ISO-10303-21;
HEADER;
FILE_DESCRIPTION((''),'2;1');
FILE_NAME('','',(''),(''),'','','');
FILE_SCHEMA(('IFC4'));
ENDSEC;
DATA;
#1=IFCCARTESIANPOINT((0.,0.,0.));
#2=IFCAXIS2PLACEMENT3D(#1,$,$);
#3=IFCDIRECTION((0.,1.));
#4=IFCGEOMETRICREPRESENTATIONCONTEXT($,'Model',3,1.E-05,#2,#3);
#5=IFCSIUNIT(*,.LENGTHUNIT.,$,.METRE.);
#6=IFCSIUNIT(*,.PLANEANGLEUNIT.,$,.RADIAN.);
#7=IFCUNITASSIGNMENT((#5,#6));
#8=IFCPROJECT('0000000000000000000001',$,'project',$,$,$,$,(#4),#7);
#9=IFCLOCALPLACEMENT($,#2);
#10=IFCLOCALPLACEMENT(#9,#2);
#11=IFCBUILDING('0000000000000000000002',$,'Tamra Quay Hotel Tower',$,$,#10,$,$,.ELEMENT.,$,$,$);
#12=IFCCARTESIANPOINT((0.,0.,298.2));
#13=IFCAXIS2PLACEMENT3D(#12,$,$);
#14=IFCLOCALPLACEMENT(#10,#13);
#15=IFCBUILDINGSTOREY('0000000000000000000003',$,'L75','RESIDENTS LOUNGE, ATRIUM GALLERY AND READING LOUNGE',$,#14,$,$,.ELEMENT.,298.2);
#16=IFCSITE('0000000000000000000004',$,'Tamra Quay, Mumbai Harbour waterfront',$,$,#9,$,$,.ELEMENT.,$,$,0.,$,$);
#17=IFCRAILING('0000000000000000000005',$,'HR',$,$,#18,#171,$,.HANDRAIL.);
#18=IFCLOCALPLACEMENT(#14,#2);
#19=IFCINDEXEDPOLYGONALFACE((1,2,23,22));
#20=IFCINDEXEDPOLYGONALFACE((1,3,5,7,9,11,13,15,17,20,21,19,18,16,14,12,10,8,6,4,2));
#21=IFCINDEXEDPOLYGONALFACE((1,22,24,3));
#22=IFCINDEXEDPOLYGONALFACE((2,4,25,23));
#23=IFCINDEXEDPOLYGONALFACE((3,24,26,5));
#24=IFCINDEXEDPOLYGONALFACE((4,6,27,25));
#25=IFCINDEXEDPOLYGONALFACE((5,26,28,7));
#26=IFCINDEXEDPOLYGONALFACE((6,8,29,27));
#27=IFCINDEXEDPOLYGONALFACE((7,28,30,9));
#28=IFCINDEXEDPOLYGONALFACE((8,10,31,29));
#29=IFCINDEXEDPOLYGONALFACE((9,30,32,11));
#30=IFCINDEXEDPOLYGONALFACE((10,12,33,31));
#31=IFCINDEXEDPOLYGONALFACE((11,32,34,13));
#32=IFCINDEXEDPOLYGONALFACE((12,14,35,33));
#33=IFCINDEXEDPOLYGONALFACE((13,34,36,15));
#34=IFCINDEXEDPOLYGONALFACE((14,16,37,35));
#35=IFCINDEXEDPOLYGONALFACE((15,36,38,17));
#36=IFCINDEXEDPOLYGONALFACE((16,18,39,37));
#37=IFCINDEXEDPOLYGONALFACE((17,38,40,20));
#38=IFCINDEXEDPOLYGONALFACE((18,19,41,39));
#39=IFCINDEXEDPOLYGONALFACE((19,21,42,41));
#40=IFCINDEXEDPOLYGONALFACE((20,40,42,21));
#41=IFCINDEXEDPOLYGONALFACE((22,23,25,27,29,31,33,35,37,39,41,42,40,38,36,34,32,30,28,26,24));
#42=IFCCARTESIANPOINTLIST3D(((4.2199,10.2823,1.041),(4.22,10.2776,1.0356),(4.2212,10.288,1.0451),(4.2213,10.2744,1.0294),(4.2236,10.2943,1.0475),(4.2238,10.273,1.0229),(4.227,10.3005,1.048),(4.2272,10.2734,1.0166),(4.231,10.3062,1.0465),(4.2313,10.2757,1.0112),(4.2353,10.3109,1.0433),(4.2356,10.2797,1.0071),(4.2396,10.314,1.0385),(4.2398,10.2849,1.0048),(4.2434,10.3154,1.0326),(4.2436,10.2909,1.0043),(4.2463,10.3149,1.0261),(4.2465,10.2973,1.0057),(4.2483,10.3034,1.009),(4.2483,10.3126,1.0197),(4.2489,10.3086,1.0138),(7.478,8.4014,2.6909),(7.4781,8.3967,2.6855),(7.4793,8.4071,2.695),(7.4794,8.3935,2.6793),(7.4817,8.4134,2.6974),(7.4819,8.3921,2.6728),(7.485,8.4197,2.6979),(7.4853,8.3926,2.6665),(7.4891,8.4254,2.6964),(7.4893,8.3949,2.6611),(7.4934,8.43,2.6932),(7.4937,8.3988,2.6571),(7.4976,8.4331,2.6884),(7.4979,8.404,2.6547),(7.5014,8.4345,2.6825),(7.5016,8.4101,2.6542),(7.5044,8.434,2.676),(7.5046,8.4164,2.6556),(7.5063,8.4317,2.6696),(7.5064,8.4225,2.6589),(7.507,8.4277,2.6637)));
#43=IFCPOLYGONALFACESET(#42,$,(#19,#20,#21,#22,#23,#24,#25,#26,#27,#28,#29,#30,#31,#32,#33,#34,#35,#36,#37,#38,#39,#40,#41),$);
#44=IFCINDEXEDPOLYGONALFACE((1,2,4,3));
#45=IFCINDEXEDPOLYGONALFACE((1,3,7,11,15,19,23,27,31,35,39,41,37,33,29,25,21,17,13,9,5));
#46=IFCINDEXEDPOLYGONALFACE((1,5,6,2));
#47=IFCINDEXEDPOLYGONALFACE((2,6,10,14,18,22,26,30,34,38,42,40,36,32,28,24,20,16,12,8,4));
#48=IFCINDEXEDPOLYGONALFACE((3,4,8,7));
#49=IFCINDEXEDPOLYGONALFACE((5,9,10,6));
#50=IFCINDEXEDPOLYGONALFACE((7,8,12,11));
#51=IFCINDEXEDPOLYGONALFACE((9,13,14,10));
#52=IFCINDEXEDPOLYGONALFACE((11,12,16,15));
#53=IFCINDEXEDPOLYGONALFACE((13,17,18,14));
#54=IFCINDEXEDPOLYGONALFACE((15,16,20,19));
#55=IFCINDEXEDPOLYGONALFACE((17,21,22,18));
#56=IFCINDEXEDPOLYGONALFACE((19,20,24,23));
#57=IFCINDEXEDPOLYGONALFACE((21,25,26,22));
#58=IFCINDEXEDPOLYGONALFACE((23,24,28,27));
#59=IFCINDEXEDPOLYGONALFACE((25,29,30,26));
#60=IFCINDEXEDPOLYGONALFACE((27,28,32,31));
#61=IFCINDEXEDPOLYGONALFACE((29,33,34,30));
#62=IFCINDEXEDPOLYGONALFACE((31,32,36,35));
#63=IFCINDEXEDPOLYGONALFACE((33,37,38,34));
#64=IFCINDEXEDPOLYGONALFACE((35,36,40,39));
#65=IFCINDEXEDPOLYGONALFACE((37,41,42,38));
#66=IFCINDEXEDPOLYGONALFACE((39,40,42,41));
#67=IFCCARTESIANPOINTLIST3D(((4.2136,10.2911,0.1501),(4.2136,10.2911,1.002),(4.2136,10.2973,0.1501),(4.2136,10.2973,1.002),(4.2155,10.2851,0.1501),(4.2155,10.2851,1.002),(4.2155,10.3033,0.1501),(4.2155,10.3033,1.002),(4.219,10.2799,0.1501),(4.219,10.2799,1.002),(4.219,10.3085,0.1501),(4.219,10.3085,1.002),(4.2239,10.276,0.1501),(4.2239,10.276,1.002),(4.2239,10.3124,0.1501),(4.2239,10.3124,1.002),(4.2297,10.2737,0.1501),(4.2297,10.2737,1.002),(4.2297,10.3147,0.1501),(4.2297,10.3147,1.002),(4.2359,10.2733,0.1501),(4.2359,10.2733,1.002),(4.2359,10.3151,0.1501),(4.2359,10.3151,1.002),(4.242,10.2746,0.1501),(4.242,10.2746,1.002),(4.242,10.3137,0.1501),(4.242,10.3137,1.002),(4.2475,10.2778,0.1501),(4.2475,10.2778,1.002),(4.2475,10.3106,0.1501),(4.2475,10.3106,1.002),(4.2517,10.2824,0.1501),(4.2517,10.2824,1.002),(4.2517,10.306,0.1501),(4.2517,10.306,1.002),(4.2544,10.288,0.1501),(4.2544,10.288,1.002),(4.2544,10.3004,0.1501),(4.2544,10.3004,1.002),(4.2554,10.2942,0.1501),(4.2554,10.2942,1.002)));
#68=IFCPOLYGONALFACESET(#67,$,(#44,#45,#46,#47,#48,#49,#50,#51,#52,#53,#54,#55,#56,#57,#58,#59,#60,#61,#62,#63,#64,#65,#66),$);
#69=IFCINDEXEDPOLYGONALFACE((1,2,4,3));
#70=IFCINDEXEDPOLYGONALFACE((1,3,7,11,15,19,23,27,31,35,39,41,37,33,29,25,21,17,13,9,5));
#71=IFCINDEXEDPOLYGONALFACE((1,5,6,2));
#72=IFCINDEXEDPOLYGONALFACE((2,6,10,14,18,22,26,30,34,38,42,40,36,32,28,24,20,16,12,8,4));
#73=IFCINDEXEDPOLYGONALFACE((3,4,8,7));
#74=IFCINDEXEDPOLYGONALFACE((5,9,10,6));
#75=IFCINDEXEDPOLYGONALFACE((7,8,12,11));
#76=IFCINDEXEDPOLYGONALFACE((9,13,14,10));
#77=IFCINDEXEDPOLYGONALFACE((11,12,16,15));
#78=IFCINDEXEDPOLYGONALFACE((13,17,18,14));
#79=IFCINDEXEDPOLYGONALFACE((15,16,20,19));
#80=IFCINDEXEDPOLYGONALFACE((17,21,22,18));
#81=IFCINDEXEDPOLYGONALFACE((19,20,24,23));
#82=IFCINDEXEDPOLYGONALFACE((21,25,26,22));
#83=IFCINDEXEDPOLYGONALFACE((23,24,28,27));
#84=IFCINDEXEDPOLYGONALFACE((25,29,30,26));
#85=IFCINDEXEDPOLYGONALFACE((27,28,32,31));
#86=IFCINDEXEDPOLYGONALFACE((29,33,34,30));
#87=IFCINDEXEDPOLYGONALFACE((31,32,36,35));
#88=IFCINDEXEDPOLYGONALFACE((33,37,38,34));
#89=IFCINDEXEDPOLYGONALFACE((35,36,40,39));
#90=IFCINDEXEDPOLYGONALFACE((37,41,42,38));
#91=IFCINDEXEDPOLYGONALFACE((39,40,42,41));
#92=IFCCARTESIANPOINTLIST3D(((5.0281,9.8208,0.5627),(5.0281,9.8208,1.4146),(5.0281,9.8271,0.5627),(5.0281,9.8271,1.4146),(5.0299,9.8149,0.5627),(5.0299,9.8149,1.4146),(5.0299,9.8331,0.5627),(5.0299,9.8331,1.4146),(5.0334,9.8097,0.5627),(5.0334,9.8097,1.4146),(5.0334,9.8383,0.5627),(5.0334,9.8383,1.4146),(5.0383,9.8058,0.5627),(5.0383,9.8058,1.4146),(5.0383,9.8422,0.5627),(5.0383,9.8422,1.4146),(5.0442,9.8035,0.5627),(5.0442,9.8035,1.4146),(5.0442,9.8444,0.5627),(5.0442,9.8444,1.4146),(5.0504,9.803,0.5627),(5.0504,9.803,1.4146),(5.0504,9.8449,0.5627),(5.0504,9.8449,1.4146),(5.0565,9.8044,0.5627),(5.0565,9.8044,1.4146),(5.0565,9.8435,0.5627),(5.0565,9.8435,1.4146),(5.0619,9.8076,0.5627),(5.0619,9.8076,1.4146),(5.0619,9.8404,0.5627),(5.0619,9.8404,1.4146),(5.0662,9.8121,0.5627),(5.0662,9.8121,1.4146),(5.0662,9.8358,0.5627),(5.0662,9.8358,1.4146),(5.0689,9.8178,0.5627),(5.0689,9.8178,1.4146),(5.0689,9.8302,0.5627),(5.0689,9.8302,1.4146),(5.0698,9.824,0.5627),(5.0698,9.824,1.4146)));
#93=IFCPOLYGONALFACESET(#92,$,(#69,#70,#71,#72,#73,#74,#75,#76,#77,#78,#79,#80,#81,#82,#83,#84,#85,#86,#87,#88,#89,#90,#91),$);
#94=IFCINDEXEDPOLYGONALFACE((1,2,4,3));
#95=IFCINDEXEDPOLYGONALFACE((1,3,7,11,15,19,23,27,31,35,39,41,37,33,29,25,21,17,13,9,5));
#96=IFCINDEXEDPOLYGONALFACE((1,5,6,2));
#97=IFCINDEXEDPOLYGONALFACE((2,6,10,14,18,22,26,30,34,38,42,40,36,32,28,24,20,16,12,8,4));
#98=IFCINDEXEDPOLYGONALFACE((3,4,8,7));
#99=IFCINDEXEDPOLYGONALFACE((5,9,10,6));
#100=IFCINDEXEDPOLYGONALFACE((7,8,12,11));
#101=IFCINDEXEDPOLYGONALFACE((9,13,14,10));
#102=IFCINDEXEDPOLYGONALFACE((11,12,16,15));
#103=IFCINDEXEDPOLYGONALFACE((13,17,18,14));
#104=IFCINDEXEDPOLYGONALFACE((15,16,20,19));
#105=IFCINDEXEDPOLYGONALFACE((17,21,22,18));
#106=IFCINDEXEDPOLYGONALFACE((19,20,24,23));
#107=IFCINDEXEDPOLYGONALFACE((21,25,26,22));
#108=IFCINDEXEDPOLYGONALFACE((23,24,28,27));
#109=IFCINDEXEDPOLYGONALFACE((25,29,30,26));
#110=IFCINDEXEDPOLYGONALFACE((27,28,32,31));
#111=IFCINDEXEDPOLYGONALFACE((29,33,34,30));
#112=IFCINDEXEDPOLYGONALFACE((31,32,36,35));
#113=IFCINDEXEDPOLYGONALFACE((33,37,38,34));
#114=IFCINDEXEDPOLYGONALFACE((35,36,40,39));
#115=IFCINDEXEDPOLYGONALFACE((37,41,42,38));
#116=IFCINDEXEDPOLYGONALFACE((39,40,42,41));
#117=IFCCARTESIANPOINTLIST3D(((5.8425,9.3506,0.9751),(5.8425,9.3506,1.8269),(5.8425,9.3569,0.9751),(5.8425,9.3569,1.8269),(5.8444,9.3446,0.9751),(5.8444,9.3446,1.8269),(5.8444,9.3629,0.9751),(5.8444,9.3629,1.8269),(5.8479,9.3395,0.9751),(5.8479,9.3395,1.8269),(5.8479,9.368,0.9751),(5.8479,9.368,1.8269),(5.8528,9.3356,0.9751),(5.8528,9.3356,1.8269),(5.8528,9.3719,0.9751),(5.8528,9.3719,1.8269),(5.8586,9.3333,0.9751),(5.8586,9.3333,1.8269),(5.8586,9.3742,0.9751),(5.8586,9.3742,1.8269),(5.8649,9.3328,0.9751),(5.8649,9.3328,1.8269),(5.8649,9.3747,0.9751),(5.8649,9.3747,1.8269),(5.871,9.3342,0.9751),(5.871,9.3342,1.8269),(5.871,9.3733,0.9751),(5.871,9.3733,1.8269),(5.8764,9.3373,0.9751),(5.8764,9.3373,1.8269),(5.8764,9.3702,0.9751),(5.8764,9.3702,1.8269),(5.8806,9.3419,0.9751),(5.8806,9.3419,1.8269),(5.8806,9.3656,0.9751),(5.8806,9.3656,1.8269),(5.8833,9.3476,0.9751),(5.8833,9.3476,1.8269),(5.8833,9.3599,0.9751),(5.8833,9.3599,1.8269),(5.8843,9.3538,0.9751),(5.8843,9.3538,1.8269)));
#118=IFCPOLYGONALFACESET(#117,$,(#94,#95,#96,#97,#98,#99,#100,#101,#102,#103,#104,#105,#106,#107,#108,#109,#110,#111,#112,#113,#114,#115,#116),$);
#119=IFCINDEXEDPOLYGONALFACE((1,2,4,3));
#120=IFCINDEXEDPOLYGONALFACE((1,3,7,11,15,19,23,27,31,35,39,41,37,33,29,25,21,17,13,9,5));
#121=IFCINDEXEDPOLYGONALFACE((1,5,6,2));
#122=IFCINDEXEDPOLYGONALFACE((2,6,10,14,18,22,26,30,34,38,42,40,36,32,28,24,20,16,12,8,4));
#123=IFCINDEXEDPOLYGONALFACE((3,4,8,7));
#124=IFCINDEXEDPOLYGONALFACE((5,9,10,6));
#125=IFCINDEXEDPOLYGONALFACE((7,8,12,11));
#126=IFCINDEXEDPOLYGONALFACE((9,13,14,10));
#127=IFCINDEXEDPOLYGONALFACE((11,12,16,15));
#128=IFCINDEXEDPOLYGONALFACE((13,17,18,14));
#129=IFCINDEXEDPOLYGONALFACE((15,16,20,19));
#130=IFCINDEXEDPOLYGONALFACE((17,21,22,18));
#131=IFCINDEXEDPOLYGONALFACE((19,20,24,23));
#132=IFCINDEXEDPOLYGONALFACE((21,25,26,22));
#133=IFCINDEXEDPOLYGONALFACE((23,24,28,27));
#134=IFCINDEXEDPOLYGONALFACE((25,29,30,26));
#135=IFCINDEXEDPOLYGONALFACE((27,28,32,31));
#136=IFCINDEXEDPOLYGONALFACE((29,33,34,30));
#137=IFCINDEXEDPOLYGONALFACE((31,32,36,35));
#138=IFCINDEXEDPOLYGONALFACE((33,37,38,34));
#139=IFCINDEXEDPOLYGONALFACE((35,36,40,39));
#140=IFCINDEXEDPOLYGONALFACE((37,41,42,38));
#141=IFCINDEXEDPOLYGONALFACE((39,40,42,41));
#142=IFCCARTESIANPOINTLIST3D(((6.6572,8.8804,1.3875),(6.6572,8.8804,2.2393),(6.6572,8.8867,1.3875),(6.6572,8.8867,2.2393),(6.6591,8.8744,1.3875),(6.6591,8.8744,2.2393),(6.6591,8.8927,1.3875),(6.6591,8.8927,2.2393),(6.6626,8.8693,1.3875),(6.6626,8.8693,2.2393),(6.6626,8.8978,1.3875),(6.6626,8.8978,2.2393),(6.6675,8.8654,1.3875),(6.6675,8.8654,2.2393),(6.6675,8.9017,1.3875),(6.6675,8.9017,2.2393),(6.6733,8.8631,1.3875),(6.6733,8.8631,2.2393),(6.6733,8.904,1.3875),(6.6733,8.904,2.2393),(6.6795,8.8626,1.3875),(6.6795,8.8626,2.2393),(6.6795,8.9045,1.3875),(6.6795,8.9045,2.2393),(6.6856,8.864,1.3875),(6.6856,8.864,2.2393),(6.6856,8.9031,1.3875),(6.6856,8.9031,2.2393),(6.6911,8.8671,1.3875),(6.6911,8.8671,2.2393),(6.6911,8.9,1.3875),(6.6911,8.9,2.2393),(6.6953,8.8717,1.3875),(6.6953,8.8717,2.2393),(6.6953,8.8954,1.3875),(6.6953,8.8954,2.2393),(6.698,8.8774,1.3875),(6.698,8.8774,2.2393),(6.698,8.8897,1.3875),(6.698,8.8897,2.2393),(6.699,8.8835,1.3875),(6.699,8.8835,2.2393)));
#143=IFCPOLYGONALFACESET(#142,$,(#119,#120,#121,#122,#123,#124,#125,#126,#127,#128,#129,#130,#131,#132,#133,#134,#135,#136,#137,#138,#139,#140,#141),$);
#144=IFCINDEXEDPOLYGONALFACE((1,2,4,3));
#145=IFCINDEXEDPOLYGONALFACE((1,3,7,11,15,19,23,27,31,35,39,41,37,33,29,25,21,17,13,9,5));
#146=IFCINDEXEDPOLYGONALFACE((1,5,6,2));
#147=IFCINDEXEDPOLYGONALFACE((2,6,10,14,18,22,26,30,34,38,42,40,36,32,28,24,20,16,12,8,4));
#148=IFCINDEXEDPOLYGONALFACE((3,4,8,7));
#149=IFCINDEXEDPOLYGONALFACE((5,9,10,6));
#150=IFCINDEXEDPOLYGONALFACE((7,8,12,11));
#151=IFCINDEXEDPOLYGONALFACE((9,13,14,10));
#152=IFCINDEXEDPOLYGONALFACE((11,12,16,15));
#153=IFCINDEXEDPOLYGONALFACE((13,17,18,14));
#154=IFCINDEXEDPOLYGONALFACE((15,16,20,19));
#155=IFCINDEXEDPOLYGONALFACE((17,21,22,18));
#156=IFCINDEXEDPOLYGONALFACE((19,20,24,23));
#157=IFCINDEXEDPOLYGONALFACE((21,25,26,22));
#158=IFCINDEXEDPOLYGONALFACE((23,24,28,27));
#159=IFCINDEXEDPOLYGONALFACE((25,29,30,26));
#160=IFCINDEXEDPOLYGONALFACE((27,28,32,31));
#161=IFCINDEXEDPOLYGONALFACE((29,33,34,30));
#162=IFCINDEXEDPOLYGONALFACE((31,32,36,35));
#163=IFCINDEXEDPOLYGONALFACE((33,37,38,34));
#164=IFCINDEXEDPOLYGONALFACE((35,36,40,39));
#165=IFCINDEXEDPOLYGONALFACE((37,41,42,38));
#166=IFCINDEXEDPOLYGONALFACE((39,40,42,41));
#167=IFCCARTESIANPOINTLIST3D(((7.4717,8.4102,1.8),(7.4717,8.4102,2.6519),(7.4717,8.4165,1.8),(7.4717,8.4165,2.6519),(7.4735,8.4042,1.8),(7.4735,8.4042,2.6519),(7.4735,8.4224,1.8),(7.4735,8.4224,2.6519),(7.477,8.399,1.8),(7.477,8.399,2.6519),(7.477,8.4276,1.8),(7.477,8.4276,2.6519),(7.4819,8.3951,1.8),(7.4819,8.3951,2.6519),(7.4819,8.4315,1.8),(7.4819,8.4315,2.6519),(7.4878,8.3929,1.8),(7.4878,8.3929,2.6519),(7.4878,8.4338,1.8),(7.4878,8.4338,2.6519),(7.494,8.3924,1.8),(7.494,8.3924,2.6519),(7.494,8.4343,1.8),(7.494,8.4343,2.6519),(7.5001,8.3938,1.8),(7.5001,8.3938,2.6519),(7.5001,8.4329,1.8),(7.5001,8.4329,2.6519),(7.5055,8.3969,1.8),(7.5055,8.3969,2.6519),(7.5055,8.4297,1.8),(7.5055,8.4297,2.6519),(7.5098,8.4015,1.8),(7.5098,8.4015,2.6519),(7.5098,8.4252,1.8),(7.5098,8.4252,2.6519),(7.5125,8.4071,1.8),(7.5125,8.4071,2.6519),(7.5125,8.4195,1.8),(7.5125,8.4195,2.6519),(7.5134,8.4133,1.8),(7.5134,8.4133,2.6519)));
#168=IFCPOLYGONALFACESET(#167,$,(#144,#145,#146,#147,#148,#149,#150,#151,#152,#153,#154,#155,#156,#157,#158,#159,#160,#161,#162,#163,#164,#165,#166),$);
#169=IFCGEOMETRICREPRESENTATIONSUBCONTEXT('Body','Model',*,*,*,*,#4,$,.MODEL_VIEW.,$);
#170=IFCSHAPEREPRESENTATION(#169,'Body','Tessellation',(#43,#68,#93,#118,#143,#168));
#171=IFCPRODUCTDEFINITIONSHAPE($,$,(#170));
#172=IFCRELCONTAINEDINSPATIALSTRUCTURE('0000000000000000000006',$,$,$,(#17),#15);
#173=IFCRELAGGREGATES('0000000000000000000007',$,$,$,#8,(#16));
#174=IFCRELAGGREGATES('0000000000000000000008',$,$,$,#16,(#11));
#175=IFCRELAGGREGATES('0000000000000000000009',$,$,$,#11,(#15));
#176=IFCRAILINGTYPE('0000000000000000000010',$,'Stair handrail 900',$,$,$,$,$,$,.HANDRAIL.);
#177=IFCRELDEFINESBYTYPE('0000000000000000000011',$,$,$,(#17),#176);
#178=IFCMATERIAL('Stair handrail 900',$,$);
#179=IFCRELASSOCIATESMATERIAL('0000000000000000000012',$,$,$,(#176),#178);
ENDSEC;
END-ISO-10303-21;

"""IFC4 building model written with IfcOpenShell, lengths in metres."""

from ifc_helpers import new_model, si_unit, direction, frame, origin, origin_2d, place, context, subcontext, project, spatial, circle, extrude, material, type_object, element, save


model = new_model("IFC4")

# Units and contexts
model_context = context("Model", 3, precision=1e-05, world=origin(), true_north=direction((0.0, 1.0)))
body_context = subcontext(model_context, "Body", "Model", "MODEL_VIEW")
ifc_project = project(units=[si_unit("LENGTHUNIT", "METRE"), si_unit("PLANEANGLEUNIT", "RADIAN")], contexts=[model_context])

# Site, building, storey
site_placement = place(None, origin())
site = spatial("IfcSite", under=ifc_project, at=site_placement, Name="Tamra Quay, Mumbai Harbour waterfront", CompositionType="ELEMENT", RefElevation=0.0)
building_placement = place(site_placement, origin())
building = spatial("IfcBuilding", under=site, at=building_placement, Name="Tamra Quay Hotel Tower", CompositionType="ELEMENT")
storey_placement = place(building_placement, frame((0.0, 0.0, 298.2)))
storey = spatial("IfcBuildingStorey", under=building, at=storey_placement, Name="L75", Description="RESIDENTS LOUNGE, ATRIUM GALLERY AND READING LOUNGE", CompositionType="ELEMENT", Elevation=298.2)

# Railing
ifc_material_1 = material(Name="Stair handrail 900")
railing_type = type_object("IfcRailingType", Name="Stair handrail 900", PredefinedType="HANDRAIL", material=ifc_material_1)
railing_placement = place(storey_placement, frame((4.2344, 10.2942, 0.1501)))
element("IfcRailing", 1, at=railing_placement, inside=storey, type_object=railing_type, Name="HR", PredefinedType="HANDRAIL", context=body_context, shape_type="SweptSolid", body=[
    extrude(circle(Radius=0.0239, at=origin_2d()), frame((0.0, 0.0, 0.876), z_axis=(0.793122, -0.457865, 0.401642), x_axis=(0.499964, 0.866046, 0.0)), (0.0, 0.0, 1.0), 4.1079),
    extrude(circle(Radius=0.021, at=origin_2d()), origin(), (0.0, 0.0, 1.0), 0.8518),
    extrude(circle(Radius=0.021, at=origin_2d()), frame((0.8145, -0.4702, 0.4126)), (0.0, 0.0, 1.0), 0.8518),
    extrude(circle(Radius=0.021, at=origin_2d()), frame((1.6289, -0.9404, 0.825)), (0.0, 0.0, 1.0), 0.8518),
    extrude(circle(Radius=0.021, at=origin_2d()), frame((2.4436, -1.4106, 1.2373)), (0.0, 0.0, 1.0), 0.8518),
    extrude(circle(Radius=0.021, at=origin_2d()), frame((3.2581, -1.8809, 1.6499)), (0.0, 0.0, 1.0), 0.8518),
])

save(model, "model.ifc")
